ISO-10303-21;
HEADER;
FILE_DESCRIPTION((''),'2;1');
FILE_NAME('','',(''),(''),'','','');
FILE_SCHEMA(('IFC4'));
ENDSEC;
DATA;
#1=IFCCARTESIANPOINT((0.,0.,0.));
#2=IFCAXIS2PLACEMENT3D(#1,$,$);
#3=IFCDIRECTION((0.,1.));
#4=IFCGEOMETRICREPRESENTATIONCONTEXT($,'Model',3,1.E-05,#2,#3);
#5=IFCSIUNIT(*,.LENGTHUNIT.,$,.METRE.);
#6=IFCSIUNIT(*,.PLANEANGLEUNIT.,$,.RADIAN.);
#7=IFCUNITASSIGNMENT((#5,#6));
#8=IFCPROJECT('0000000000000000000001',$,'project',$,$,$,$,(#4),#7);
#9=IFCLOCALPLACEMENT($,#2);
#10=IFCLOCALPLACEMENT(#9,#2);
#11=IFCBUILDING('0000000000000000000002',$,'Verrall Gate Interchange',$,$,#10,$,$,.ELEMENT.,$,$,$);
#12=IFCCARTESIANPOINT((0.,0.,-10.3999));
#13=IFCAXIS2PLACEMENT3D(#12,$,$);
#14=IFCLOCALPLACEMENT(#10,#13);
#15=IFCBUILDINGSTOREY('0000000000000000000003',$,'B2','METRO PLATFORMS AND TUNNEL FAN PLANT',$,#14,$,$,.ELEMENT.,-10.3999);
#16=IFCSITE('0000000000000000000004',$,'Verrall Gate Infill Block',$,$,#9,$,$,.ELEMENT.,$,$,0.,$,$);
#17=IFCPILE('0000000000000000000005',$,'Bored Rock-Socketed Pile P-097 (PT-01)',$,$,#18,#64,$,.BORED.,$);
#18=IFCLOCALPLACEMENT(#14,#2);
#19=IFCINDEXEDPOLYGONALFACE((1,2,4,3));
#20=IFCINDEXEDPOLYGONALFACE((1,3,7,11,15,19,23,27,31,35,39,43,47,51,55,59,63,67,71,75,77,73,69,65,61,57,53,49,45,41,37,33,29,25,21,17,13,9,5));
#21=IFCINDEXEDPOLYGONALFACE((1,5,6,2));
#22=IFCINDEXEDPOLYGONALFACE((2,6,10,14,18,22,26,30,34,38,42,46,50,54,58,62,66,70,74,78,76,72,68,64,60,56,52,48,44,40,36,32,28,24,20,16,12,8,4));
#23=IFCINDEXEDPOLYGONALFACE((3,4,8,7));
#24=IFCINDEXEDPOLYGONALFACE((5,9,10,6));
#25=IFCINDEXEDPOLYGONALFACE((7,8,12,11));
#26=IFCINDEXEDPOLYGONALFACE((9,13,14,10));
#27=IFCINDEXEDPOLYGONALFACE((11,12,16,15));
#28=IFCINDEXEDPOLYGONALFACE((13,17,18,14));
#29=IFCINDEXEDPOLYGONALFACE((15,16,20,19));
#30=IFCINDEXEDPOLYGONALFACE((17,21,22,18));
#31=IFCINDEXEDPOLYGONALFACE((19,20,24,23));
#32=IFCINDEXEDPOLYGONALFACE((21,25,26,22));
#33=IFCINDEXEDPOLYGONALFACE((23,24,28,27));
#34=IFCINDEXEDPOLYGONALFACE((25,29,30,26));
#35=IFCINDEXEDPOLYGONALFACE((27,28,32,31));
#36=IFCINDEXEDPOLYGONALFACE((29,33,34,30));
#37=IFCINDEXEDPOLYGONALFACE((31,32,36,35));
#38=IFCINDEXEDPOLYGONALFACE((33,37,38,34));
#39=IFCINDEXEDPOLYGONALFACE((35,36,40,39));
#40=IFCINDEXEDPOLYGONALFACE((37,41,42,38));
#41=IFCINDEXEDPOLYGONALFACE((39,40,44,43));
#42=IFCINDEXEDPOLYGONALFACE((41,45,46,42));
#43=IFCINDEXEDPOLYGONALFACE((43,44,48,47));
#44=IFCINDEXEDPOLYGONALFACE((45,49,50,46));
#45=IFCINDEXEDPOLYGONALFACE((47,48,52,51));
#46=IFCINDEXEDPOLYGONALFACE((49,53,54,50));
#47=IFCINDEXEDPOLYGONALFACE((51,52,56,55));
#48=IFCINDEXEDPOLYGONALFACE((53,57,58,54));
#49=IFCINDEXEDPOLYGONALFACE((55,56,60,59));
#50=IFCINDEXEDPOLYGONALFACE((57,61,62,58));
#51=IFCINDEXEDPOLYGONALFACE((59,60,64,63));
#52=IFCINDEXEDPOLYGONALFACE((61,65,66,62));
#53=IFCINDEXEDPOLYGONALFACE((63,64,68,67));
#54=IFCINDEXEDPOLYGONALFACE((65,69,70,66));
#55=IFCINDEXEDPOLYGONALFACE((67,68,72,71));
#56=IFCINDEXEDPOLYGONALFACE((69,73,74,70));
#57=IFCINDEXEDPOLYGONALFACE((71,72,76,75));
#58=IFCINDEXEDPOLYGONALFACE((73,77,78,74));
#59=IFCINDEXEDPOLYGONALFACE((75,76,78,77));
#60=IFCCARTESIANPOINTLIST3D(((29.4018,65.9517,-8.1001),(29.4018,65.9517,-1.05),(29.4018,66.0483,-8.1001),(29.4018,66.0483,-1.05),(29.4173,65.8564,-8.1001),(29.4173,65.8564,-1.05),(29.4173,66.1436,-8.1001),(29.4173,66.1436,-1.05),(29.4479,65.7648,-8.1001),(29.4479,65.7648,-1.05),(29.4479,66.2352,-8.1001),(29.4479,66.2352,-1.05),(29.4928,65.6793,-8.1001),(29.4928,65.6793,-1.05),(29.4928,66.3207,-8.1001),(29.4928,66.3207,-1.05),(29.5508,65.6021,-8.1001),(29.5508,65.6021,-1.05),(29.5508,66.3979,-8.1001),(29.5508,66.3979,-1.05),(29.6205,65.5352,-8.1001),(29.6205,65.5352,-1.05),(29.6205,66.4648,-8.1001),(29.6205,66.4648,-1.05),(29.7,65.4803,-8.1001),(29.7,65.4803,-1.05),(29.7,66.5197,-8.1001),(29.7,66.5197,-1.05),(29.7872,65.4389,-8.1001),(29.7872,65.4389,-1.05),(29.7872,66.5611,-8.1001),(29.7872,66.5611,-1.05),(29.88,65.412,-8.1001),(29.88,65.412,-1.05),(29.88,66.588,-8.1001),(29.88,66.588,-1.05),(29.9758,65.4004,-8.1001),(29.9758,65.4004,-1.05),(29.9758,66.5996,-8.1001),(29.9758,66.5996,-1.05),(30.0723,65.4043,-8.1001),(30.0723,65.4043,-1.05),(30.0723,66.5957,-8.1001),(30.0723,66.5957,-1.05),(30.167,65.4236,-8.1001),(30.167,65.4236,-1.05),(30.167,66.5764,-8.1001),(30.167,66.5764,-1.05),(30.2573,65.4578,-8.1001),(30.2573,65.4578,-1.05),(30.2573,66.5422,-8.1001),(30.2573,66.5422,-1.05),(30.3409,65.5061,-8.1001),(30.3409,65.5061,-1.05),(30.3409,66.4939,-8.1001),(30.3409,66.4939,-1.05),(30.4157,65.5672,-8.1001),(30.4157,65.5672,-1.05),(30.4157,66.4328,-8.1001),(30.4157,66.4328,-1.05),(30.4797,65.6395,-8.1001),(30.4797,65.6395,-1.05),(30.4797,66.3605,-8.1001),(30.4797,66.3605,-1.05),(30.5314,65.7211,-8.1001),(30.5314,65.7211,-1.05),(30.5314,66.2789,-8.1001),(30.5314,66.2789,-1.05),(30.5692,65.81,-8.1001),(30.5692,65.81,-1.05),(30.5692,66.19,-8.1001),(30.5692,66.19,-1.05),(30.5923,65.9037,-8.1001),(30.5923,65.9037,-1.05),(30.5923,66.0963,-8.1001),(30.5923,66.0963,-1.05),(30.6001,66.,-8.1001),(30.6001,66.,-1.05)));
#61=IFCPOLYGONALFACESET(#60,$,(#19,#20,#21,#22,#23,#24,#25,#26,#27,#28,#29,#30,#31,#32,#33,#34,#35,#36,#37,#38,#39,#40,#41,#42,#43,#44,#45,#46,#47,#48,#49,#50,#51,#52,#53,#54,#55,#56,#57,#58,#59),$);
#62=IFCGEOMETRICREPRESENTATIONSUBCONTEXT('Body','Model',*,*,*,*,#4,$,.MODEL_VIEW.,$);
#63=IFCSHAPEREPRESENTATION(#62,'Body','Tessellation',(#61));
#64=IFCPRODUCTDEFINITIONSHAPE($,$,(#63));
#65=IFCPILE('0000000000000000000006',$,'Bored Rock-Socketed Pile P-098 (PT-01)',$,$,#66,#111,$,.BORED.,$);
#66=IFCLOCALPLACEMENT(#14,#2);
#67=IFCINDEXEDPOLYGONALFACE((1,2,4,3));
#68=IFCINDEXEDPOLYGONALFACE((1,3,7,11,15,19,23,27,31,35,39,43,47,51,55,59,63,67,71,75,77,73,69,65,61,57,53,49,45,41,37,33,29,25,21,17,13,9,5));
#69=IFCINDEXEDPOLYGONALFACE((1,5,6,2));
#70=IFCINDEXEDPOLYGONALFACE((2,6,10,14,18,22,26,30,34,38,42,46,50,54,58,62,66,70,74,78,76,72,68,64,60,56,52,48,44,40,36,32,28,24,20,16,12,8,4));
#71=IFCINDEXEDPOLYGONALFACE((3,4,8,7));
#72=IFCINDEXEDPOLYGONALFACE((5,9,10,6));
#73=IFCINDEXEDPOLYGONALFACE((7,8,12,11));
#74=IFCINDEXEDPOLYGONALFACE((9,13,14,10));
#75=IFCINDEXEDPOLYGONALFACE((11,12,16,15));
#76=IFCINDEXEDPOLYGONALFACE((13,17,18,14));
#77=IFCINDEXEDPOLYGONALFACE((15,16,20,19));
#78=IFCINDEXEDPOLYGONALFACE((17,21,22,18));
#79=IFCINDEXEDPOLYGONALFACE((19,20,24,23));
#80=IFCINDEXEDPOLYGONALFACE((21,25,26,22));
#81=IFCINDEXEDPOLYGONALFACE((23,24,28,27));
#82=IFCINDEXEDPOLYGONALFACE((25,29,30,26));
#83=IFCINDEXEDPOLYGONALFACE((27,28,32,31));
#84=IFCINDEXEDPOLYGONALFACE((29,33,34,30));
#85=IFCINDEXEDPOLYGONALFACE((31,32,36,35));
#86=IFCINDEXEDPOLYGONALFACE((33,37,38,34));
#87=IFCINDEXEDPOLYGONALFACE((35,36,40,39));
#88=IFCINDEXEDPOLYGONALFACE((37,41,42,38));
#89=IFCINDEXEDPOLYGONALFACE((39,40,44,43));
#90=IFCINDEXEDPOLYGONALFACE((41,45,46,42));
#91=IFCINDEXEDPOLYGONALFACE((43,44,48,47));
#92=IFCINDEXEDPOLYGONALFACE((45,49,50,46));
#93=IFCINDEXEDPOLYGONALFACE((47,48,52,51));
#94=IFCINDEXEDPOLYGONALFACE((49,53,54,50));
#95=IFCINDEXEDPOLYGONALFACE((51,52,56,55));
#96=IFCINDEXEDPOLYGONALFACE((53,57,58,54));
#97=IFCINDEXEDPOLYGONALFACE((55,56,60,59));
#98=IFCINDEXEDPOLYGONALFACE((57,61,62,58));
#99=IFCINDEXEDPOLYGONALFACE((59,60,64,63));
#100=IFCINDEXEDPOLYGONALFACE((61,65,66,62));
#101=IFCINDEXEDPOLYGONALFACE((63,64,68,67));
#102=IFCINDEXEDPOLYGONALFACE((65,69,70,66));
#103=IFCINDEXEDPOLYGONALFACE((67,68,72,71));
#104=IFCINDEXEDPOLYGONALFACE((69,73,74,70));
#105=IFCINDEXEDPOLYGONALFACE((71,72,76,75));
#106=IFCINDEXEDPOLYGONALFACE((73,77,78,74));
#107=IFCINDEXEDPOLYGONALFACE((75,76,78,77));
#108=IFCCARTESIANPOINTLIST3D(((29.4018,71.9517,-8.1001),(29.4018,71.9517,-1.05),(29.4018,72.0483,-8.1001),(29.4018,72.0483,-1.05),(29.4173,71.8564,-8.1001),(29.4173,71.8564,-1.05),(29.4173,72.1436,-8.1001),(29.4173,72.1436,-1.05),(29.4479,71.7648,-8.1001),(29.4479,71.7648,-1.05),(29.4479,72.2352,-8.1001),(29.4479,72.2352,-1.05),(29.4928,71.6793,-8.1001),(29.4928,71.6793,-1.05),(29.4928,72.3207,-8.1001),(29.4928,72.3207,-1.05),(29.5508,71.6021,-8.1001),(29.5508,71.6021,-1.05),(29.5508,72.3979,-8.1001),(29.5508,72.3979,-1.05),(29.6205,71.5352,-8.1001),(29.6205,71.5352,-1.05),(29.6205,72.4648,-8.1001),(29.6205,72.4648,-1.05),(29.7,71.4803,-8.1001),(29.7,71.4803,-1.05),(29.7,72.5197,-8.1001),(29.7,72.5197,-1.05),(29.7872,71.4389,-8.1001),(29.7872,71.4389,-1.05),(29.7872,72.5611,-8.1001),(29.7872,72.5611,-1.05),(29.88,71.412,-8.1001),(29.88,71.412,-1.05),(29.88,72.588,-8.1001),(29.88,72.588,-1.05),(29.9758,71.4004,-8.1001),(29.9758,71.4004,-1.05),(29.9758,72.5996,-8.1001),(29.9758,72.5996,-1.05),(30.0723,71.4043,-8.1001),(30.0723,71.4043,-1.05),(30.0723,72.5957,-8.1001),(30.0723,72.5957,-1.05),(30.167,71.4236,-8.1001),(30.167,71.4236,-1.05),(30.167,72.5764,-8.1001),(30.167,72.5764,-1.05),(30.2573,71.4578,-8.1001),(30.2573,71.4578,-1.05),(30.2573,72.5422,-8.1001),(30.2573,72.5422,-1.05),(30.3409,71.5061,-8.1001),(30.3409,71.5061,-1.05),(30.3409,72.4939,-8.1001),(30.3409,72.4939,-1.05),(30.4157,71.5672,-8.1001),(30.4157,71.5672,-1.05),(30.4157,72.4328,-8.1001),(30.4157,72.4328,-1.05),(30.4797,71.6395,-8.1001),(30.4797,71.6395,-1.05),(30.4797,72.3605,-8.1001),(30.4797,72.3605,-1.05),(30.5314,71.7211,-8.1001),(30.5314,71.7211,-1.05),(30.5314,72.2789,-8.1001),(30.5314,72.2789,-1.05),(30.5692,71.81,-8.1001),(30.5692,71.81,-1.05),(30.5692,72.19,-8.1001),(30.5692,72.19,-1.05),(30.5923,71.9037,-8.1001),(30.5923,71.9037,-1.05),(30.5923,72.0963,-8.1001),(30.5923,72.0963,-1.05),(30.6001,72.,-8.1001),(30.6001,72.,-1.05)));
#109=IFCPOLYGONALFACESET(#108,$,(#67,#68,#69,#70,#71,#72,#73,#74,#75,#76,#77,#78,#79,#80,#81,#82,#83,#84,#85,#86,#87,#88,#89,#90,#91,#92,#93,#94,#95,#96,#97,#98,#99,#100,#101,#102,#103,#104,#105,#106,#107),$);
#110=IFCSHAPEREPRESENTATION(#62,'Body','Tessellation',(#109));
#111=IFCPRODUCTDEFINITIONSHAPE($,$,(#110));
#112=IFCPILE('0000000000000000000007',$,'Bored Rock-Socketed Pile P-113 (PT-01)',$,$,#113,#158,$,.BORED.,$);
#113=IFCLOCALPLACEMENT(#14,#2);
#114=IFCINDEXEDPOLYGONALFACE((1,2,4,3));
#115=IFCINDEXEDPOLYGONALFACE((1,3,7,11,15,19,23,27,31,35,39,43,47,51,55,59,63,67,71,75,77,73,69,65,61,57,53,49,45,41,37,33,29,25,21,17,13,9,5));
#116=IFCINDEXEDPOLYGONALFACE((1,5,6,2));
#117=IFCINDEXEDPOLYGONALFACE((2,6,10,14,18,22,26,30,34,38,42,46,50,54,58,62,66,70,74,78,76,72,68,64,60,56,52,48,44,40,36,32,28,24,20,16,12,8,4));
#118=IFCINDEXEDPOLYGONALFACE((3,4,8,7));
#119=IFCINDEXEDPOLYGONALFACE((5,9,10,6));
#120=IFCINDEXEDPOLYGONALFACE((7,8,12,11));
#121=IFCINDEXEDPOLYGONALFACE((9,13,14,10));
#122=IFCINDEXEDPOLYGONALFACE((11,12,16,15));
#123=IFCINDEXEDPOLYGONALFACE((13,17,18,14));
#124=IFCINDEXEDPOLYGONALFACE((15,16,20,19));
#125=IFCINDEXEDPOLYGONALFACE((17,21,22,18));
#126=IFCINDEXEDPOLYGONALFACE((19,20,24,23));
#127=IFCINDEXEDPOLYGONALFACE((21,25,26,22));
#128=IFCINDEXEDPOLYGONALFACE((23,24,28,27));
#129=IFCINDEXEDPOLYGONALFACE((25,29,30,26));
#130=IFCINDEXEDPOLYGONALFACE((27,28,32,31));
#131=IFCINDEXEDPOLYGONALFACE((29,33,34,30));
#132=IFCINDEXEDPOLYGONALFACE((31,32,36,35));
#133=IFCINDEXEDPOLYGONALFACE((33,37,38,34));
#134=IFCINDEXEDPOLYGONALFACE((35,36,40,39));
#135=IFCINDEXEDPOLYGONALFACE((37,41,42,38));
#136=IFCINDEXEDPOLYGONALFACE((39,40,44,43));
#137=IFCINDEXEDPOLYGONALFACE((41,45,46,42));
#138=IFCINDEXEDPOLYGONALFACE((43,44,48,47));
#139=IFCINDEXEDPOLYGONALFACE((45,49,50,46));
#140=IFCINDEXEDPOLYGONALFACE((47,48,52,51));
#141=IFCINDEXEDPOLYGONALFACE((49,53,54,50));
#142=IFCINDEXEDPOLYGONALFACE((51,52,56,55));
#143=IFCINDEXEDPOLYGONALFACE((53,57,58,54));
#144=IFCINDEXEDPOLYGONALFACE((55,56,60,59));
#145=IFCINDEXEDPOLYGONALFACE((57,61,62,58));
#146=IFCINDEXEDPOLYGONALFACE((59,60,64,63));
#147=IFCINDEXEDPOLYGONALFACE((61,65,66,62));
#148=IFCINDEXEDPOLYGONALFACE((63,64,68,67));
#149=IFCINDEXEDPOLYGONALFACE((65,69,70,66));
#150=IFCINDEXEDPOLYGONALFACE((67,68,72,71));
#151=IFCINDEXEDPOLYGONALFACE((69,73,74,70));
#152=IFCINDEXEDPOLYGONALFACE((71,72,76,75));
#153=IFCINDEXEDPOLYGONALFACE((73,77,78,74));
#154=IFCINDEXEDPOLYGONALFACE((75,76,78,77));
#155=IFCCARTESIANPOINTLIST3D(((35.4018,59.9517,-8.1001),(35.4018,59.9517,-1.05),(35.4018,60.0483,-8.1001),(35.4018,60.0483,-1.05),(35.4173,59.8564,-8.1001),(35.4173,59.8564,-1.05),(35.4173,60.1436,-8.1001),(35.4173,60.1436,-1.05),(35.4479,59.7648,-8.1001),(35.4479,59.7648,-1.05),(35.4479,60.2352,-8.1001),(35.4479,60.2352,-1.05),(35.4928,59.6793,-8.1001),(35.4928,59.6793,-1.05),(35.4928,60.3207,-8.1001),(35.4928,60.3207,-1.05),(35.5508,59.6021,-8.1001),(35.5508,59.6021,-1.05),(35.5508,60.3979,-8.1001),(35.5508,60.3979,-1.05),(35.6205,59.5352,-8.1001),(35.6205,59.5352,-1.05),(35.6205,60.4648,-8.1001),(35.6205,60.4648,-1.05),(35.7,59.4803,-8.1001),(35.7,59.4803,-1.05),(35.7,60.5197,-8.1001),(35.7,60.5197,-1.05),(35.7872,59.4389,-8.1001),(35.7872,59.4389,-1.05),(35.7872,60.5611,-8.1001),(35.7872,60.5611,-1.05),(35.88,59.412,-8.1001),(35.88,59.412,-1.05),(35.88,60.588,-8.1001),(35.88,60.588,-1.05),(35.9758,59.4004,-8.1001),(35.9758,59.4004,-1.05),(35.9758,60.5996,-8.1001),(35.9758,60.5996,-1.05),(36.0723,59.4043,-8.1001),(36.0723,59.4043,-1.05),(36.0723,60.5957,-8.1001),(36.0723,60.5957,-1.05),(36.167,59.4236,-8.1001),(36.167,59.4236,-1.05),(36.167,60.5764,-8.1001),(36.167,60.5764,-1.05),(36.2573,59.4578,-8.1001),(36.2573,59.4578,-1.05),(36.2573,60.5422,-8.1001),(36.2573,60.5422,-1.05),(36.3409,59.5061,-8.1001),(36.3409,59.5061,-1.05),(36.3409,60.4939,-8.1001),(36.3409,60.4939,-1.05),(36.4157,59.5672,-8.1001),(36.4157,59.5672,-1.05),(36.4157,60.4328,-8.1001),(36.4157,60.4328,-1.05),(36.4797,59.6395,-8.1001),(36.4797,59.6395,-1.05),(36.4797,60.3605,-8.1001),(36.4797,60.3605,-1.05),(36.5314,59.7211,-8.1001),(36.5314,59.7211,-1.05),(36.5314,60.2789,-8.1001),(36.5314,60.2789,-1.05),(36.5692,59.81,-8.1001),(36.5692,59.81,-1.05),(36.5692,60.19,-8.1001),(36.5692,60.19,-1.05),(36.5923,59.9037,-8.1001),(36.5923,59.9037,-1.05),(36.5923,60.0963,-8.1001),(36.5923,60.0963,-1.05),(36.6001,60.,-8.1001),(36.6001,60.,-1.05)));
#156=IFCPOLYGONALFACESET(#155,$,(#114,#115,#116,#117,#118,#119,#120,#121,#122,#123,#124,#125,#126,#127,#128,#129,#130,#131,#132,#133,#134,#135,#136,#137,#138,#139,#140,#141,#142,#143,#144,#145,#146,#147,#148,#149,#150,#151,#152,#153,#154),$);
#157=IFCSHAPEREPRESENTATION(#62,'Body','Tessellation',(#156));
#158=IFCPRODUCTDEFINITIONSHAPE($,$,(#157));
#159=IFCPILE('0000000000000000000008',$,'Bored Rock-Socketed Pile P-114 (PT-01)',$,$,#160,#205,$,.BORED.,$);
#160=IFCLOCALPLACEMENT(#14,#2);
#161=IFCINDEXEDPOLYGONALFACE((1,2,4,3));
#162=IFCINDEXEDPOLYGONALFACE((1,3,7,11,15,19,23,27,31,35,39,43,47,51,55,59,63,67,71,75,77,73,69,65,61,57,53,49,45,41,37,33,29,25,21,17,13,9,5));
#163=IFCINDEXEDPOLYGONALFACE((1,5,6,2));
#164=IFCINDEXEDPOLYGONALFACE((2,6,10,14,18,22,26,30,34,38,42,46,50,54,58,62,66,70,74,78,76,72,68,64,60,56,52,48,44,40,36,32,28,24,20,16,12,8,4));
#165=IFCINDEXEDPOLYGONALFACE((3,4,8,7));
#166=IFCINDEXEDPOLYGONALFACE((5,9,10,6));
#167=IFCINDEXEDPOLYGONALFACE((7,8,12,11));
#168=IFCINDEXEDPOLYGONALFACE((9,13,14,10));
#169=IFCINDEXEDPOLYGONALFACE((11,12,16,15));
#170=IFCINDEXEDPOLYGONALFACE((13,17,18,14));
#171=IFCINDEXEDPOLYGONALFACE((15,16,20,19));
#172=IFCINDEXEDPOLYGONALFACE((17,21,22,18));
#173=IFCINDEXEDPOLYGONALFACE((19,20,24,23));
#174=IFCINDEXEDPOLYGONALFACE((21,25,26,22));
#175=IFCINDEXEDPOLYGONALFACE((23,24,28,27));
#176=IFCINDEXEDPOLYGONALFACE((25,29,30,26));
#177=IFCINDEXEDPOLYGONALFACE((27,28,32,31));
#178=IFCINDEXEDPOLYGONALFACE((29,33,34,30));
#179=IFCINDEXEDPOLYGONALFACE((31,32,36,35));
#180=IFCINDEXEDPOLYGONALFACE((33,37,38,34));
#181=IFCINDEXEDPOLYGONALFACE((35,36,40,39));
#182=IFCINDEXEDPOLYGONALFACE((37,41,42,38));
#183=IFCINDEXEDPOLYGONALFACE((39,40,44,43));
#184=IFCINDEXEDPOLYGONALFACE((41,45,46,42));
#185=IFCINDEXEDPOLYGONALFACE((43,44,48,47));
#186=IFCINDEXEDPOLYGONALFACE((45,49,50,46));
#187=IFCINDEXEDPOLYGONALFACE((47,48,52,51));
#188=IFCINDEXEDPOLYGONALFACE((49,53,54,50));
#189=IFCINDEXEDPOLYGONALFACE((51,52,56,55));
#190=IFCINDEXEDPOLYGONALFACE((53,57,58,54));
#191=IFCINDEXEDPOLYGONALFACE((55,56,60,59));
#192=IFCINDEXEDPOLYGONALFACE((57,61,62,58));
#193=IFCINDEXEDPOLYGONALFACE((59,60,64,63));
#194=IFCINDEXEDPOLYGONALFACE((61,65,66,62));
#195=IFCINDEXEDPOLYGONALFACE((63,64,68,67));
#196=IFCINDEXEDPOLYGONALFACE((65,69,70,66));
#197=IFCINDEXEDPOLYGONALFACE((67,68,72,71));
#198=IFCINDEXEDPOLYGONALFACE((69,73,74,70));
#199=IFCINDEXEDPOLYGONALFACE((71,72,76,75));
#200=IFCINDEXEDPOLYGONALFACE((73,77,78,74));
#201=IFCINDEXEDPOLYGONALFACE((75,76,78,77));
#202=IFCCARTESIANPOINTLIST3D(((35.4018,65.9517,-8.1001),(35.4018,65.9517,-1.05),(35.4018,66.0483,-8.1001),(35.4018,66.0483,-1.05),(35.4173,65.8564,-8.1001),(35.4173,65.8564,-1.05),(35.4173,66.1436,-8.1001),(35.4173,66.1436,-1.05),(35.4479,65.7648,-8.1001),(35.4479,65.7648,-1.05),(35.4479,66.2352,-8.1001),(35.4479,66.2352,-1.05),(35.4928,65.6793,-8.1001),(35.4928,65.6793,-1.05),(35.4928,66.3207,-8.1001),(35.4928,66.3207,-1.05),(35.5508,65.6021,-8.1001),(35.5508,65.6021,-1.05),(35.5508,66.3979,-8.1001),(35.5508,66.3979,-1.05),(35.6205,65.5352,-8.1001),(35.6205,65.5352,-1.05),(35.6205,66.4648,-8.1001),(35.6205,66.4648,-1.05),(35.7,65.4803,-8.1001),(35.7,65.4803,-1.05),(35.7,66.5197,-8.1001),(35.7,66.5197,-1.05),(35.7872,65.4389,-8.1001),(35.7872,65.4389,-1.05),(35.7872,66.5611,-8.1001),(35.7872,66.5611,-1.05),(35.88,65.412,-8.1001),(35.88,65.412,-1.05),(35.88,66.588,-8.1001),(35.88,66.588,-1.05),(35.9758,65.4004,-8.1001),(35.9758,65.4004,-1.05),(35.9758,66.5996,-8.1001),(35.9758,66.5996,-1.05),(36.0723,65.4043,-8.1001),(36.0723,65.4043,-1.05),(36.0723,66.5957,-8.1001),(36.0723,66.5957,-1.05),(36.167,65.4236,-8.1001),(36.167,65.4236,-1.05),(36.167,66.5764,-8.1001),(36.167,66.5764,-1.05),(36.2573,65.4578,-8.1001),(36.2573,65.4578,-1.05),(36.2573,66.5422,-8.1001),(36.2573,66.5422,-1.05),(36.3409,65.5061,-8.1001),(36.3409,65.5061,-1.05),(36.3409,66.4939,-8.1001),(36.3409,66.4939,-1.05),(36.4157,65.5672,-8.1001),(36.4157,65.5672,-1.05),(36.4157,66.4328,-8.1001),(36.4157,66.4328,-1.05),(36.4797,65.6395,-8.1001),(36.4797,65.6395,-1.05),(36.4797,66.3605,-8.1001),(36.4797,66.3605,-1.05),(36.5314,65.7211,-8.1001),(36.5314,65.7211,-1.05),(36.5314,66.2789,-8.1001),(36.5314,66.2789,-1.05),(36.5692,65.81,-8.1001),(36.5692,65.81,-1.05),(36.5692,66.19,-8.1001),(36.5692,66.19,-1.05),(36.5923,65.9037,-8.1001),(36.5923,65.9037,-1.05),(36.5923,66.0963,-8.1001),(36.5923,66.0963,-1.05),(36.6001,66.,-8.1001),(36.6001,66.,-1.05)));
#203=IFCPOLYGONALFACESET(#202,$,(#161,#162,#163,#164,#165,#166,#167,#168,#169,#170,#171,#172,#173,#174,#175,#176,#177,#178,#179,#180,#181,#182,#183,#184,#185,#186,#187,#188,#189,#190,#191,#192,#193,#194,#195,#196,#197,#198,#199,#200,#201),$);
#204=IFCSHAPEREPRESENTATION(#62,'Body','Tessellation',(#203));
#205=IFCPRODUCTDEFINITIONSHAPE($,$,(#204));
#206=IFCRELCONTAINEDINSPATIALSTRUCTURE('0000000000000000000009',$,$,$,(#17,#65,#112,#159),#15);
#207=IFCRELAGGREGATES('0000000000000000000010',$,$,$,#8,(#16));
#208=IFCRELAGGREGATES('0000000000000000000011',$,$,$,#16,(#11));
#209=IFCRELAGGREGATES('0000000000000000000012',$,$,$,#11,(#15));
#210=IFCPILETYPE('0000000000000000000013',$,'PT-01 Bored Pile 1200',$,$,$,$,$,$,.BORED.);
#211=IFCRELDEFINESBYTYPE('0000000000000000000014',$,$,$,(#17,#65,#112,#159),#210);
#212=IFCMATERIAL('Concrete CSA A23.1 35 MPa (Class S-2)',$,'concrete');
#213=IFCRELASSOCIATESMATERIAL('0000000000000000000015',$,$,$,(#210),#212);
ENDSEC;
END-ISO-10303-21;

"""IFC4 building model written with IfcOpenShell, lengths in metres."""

from ifc_helpers import new_model, si_unit, direction, frame, origin, origin_2d, place, context, subcontext, project, spatial, circle, extrude, material, material_profile, profile_set, type_object, element, save


model = new_model("IFC4")

# Units and contexts
model_context = context("Model", 3, precision=1e-05, world=origin(), true_north=direction((0.0, 1.0)))
body_context = subcontext(model_context, "Body", "Model", "MODEL_VIEW")
ifc_project = project(units=[si_unit("LENGTHUNIT", "METRE"), si_unit("PLANEANGLEUNIT", "RADIAN")], contexts=[model_context])

# Site, building, storey
site_placement = place(None, origin())
site = spatial("IfcSite", under=ifc_project, at=site_placement, Name="Verrall Gate Infill Block", CompositionType="ELEMENT", RefElevation=0.0)
building_placement = place(site_placement, origin())
building = spatial("IfcBuilding", under=site, at=building_placement, Name="Verrall Gate Interchange", CompositionType="ELEMENT")
storey_placement = place(building_placement, frame((0.0, 0.0, -10.3999)))
storey = spatial("IfcBuildingStorey", under=building, at=storey_placement, Name="B2", Description="METRO PLATFORMS AND TUNNEL FAN PLANT", CompositionType="ELEMENT", Elevation=-10.3999)

# Piles
ifc_material_1 = material(Name="Concrete CSA A23.1 35 MPa (Class S-2)", Category="concrete")
ifc_material_profile_1 = material_profile(ifc_material_1, circle(Radius=0.6001, at=origin_2d()), Name="PILE1200D")
ifc_profile_set_1 = profile_set([ifc_material_profile_1], Name="Concrete CSA A23.1 35 MPa (Class S-2)")
pile_type = type_object("IfcPileType", Name="PT-01 Bored Pile 1200", PredefinedType="BORED", material=ifc_profile_set_1)
for number, where, z_axis, x_axis, name in (
    (1, (30.0, 66.0, -1.05), (0.0, 0.0, -1.0), (1.0, 0.0, 0.0), "Bored Rock-Socketed Pile P-097 (PT-01)"),
    (2, (30.0, 72.0, -1.05), (0.0, 0.0, -1.0), (1.0, 0.0, 0.0), "Bored Rock-Socketed Pile P-098 (PT-01)"),
    (3, (36.0, 60.0, -1.05), (0.0, 0.0, -1.0), (1.0, 0.0, 0.0), "Bored Rock-Socketed Pile P-113 (PT-01)"),
    (4, (36.0, 66.0, -1.05), (0.0, 0.0, -1.0), (1.0, 0.0, 0.0), "Bored Rock-Socketed Pile P-114 (PT-01)"),
):
    element("IfcPile", number, at=place(storey_placement, frame(where, z_axis=z_axis, x_axis=x_axis)), inside=storey, type_object=pile_type, Name=name, PredefinedType="BORED", context=body_context, shape_type="SweptSolid", body=[
        extrude(circle(Radius=0.6001, at=origin_2d()), origin(), (0.0, 0.0, 1.0), 7.05),
    ])

save(model, "model.ifc")
